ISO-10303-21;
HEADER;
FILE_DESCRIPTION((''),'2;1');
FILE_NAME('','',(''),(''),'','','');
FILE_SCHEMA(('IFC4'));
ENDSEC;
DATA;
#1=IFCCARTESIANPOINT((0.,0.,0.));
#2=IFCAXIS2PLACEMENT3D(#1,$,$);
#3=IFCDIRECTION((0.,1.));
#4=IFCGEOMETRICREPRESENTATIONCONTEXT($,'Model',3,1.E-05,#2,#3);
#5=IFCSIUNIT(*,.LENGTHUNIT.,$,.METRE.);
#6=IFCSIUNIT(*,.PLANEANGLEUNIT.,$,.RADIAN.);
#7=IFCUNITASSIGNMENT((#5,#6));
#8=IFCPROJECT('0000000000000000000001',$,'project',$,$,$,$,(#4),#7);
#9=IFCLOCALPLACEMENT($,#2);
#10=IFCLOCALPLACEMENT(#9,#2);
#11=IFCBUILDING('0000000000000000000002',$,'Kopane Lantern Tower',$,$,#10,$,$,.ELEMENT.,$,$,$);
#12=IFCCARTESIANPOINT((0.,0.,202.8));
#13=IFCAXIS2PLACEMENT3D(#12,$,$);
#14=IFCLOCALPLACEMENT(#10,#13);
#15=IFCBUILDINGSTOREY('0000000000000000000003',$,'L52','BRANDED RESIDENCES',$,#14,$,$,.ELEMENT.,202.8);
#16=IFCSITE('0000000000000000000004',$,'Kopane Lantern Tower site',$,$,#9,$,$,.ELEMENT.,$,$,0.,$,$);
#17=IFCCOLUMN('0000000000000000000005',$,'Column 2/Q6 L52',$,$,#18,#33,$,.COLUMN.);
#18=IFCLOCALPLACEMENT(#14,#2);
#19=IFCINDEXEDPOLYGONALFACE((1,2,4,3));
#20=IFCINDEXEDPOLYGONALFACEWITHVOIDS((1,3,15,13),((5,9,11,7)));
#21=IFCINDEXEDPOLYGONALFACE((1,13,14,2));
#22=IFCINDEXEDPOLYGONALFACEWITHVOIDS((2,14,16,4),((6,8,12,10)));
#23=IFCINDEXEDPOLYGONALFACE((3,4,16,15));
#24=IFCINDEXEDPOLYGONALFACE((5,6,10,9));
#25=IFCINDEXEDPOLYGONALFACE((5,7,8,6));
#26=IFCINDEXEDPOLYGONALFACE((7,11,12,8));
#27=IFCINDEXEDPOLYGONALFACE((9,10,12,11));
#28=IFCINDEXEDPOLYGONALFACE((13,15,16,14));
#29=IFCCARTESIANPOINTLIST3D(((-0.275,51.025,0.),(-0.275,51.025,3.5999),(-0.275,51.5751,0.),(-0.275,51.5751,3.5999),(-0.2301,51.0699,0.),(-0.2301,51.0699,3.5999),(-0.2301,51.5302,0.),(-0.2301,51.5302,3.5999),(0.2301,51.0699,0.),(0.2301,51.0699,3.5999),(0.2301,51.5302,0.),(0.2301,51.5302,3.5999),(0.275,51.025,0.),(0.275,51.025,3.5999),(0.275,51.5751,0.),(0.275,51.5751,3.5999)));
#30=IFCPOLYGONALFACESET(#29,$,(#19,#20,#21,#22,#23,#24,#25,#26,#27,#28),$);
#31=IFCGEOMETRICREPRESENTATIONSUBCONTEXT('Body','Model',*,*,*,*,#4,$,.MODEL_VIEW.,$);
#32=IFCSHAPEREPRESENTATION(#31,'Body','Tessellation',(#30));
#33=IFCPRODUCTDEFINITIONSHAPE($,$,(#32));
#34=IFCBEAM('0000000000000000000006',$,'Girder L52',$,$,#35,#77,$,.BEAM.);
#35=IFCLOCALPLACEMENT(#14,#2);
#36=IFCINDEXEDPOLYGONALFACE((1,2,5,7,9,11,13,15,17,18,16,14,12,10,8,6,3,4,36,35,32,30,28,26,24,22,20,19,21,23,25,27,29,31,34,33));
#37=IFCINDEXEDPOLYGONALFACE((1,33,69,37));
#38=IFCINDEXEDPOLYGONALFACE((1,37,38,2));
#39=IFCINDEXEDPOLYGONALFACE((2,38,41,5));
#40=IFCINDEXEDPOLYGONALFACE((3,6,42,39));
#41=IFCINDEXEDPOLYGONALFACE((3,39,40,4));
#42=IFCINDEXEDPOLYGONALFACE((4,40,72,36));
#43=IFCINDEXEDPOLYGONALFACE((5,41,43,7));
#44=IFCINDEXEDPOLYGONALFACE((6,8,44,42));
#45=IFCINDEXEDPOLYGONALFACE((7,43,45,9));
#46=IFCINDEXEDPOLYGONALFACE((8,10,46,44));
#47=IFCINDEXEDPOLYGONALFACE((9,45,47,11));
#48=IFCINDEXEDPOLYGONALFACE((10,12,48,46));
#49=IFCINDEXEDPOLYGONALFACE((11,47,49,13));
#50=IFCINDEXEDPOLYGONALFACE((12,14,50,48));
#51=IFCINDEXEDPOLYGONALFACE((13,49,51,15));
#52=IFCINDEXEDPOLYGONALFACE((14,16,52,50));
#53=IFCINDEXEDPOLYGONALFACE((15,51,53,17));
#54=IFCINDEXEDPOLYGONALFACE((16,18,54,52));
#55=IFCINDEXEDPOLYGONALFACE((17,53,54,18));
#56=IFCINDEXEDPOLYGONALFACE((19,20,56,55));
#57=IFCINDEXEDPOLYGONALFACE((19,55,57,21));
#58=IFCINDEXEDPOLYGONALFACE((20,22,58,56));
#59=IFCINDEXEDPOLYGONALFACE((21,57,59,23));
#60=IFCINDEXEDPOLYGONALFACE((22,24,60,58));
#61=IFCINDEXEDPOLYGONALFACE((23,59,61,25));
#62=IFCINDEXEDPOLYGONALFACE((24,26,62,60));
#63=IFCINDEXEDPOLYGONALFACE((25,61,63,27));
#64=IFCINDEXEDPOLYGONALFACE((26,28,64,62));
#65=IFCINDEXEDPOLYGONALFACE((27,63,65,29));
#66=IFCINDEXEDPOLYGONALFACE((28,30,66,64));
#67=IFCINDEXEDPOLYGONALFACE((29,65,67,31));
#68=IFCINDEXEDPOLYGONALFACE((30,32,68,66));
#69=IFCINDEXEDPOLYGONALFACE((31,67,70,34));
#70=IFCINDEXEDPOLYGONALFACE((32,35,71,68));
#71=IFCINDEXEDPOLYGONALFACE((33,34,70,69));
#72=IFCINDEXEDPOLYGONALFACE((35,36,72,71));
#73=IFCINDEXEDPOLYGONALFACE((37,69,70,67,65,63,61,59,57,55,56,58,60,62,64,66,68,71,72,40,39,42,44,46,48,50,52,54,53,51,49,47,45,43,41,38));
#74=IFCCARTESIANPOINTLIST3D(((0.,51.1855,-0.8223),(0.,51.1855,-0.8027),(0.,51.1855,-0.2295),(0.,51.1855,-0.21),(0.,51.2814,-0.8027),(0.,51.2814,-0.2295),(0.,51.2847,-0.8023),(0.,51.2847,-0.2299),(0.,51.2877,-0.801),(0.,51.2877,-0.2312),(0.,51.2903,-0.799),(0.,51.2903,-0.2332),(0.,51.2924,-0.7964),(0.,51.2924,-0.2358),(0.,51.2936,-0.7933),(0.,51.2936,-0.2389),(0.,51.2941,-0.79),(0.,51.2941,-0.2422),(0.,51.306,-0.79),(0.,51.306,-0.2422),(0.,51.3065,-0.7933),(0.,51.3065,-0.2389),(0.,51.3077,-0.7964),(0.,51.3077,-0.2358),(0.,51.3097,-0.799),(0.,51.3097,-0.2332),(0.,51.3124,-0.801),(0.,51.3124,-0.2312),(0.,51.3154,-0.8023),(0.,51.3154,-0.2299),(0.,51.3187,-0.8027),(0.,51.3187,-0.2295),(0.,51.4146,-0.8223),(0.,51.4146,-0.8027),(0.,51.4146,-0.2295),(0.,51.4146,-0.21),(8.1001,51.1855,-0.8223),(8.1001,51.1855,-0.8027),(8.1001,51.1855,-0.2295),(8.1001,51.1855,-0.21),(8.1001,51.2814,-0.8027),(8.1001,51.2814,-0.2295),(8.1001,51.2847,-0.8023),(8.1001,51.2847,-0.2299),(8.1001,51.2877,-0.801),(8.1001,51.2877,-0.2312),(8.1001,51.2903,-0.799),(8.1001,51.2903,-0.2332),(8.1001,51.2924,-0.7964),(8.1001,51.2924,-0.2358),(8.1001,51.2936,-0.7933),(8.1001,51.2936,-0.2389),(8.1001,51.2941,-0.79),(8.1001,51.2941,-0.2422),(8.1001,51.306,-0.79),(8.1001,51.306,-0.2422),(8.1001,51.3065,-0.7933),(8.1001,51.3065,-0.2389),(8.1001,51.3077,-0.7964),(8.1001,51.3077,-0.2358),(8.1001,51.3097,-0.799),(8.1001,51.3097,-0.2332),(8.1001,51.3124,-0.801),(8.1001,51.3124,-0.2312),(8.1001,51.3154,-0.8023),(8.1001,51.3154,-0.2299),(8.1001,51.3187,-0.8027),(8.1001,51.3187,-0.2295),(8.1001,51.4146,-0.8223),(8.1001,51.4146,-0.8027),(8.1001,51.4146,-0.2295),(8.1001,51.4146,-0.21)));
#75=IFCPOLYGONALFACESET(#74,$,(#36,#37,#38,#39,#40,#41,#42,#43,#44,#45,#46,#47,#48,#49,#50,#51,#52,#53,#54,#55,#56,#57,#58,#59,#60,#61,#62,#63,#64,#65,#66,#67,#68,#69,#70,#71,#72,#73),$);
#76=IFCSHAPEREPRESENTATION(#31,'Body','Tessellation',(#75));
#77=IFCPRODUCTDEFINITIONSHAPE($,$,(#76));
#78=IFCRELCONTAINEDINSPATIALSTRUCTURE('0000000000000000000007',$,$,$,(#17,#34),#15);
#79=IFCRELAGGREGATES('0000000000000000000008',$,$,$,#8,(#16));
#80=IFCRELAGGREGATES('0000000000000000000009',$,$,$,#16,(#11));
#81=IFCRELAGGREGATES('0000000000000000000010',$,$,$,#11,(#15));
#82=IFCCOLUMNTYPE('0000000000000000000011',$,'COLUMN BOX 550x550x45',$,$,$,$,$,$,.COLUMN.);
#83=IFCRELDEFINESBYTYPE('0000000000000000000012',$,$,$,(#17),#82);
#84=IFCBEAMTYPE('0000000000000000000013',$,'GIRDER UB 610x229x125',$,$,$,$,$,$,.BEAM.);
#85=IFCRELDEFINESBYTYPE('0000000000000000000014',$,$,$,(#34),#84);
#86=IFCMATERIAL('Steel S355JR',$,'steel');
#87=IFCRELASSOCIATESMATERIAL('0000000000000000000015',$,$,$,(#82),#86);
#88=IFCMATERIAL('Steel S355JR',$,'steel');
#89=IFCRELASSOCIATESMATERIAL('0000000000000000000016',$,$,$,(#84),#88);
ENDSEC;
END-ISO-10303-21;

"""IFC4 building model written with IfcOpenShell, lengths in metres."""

from ifc_helpers import new_model, si_unit, direction, frame, origin, origin_2d, place, context, subcontext, project, spatial, hollow_rectangle, i_section, extrude, material, material_profile, profile_set, type_object, element, save


model = new_model("IFC4")

# Units and contexts
model_context = context("Model", 3, precision=1e-05, world=origin(), true_north=direction((0.0, 1.0)))
body_context = subcontext(model_context, "Body", "Model", "MODEL_VIEW")
ifc_project = project(units=[si_unit("LENGTHUNIT", "METRE"), si_unit("PLANEANGLEUNIT", "RADIAN")], contexts=[model_context])

# Site, building, storey
site_placement = place(None, origin())
site = spatial("IfcSite", under=ifc_project, at=site_placement, Name="Kopane Lantern Tower site", CompositionType="ELEMENT", RefElevation=0.0)
building_placement = place(site_placement, origin())
building = spatial("IfcBuilding", under=site, at=building_placement, Name="Kopane Lantern Tower", CompositionType="ELEMENT")
storey_placement = place(building_placement, frame((0.0, 0.0, 202.8)))
storey = spatial("IfcBuildingStorey", under=building, at=storey_placement, Name="L52", Description="BRANDED RESIDENCES", CompositionType="ELEMENT", Elevation=202.8)

# Column
ifc_material_1 = material(Name="Steel S355JR", Category="steel")
ifc_material_profile_1 = material_profile(ifc_material_1, hollow_rectangle(XDim=0.55, YDim=0.55, WallThickness=0.0449, at=origin_2d()), Name="BOX 550x550x45")
ifc_profile_set_1 = profile_set([ifc_material_profile_1], Name="Steel S355JR")
column_type = type_object("IfcColumnType", Name="COLUMN BOX 550x550x45", PredefinedType="COLUMN", material=ifc_profile_set_1)
column_placement = place(storey_placement, frame((0.0, 51.3, 0.0), z_axis=(0.0, 0.0, 1.0), x_axis=(1.0, 0.0, 0.0)))
element("IfcColumn", 1, at=column_placement, inside=storey, type_object=column_type, Name="Column 2/Q6 L52", PredefinedType="COLUMN", context=body_context, shape_type="SweptSolid", body=[
    extrude(hollow_rectangle(XDim=0.55, YDim=0.55, WallThickness=0.0449, at=origin_2d()), origin(), (0.0, 0.0, 1.0), 3.5999),
])

# Beam
ifc_material_2 = material(Name="Steel S355JR", Category="steel")
ifc_material_profile_2 = material_profile(ifc_material_2, i_section(OverallWidth=0.229, OverallDepth=0.6123, WebThickness=0.012, FlangeThickness=0.0195, FilletRadius=0.0127, at=origin_2d()), Name="UB 610x229x125")
ifc_profile_set_2 = profile_set([ifc_material_profile_2], Name="Steel S355JR")
beam_type = type_object("IfcBeamType", Name="GIRDER UB 610x229x125", PredefinedType="BEAM", material=ifc_profile_set_2)
beam_placement = place(storey_placement, frame((0.0, 51.3, -0.5161), z_axis=(1.0, 0.0, 0.0), x_axis=(0.0, 1.0, 0.0)))
element("IfcBeam", 2, at=beam_placement, inside=storey, type_object=beam_type, Name="Girder L52", PredefinedType="BEAM", context=body_context, shape_type="SweptSolid", body=[
    extrude(i_section(OverallWidth=0.229, OverallDepth=0.6123, WebThickness=0.012, FlangeThickness=0.0195, FilletRadius=0.0127, at=origin_2d()), origin(), (0.0, 0.0, 1.0), 8.1001),
])

save(model, "model.ifc")
